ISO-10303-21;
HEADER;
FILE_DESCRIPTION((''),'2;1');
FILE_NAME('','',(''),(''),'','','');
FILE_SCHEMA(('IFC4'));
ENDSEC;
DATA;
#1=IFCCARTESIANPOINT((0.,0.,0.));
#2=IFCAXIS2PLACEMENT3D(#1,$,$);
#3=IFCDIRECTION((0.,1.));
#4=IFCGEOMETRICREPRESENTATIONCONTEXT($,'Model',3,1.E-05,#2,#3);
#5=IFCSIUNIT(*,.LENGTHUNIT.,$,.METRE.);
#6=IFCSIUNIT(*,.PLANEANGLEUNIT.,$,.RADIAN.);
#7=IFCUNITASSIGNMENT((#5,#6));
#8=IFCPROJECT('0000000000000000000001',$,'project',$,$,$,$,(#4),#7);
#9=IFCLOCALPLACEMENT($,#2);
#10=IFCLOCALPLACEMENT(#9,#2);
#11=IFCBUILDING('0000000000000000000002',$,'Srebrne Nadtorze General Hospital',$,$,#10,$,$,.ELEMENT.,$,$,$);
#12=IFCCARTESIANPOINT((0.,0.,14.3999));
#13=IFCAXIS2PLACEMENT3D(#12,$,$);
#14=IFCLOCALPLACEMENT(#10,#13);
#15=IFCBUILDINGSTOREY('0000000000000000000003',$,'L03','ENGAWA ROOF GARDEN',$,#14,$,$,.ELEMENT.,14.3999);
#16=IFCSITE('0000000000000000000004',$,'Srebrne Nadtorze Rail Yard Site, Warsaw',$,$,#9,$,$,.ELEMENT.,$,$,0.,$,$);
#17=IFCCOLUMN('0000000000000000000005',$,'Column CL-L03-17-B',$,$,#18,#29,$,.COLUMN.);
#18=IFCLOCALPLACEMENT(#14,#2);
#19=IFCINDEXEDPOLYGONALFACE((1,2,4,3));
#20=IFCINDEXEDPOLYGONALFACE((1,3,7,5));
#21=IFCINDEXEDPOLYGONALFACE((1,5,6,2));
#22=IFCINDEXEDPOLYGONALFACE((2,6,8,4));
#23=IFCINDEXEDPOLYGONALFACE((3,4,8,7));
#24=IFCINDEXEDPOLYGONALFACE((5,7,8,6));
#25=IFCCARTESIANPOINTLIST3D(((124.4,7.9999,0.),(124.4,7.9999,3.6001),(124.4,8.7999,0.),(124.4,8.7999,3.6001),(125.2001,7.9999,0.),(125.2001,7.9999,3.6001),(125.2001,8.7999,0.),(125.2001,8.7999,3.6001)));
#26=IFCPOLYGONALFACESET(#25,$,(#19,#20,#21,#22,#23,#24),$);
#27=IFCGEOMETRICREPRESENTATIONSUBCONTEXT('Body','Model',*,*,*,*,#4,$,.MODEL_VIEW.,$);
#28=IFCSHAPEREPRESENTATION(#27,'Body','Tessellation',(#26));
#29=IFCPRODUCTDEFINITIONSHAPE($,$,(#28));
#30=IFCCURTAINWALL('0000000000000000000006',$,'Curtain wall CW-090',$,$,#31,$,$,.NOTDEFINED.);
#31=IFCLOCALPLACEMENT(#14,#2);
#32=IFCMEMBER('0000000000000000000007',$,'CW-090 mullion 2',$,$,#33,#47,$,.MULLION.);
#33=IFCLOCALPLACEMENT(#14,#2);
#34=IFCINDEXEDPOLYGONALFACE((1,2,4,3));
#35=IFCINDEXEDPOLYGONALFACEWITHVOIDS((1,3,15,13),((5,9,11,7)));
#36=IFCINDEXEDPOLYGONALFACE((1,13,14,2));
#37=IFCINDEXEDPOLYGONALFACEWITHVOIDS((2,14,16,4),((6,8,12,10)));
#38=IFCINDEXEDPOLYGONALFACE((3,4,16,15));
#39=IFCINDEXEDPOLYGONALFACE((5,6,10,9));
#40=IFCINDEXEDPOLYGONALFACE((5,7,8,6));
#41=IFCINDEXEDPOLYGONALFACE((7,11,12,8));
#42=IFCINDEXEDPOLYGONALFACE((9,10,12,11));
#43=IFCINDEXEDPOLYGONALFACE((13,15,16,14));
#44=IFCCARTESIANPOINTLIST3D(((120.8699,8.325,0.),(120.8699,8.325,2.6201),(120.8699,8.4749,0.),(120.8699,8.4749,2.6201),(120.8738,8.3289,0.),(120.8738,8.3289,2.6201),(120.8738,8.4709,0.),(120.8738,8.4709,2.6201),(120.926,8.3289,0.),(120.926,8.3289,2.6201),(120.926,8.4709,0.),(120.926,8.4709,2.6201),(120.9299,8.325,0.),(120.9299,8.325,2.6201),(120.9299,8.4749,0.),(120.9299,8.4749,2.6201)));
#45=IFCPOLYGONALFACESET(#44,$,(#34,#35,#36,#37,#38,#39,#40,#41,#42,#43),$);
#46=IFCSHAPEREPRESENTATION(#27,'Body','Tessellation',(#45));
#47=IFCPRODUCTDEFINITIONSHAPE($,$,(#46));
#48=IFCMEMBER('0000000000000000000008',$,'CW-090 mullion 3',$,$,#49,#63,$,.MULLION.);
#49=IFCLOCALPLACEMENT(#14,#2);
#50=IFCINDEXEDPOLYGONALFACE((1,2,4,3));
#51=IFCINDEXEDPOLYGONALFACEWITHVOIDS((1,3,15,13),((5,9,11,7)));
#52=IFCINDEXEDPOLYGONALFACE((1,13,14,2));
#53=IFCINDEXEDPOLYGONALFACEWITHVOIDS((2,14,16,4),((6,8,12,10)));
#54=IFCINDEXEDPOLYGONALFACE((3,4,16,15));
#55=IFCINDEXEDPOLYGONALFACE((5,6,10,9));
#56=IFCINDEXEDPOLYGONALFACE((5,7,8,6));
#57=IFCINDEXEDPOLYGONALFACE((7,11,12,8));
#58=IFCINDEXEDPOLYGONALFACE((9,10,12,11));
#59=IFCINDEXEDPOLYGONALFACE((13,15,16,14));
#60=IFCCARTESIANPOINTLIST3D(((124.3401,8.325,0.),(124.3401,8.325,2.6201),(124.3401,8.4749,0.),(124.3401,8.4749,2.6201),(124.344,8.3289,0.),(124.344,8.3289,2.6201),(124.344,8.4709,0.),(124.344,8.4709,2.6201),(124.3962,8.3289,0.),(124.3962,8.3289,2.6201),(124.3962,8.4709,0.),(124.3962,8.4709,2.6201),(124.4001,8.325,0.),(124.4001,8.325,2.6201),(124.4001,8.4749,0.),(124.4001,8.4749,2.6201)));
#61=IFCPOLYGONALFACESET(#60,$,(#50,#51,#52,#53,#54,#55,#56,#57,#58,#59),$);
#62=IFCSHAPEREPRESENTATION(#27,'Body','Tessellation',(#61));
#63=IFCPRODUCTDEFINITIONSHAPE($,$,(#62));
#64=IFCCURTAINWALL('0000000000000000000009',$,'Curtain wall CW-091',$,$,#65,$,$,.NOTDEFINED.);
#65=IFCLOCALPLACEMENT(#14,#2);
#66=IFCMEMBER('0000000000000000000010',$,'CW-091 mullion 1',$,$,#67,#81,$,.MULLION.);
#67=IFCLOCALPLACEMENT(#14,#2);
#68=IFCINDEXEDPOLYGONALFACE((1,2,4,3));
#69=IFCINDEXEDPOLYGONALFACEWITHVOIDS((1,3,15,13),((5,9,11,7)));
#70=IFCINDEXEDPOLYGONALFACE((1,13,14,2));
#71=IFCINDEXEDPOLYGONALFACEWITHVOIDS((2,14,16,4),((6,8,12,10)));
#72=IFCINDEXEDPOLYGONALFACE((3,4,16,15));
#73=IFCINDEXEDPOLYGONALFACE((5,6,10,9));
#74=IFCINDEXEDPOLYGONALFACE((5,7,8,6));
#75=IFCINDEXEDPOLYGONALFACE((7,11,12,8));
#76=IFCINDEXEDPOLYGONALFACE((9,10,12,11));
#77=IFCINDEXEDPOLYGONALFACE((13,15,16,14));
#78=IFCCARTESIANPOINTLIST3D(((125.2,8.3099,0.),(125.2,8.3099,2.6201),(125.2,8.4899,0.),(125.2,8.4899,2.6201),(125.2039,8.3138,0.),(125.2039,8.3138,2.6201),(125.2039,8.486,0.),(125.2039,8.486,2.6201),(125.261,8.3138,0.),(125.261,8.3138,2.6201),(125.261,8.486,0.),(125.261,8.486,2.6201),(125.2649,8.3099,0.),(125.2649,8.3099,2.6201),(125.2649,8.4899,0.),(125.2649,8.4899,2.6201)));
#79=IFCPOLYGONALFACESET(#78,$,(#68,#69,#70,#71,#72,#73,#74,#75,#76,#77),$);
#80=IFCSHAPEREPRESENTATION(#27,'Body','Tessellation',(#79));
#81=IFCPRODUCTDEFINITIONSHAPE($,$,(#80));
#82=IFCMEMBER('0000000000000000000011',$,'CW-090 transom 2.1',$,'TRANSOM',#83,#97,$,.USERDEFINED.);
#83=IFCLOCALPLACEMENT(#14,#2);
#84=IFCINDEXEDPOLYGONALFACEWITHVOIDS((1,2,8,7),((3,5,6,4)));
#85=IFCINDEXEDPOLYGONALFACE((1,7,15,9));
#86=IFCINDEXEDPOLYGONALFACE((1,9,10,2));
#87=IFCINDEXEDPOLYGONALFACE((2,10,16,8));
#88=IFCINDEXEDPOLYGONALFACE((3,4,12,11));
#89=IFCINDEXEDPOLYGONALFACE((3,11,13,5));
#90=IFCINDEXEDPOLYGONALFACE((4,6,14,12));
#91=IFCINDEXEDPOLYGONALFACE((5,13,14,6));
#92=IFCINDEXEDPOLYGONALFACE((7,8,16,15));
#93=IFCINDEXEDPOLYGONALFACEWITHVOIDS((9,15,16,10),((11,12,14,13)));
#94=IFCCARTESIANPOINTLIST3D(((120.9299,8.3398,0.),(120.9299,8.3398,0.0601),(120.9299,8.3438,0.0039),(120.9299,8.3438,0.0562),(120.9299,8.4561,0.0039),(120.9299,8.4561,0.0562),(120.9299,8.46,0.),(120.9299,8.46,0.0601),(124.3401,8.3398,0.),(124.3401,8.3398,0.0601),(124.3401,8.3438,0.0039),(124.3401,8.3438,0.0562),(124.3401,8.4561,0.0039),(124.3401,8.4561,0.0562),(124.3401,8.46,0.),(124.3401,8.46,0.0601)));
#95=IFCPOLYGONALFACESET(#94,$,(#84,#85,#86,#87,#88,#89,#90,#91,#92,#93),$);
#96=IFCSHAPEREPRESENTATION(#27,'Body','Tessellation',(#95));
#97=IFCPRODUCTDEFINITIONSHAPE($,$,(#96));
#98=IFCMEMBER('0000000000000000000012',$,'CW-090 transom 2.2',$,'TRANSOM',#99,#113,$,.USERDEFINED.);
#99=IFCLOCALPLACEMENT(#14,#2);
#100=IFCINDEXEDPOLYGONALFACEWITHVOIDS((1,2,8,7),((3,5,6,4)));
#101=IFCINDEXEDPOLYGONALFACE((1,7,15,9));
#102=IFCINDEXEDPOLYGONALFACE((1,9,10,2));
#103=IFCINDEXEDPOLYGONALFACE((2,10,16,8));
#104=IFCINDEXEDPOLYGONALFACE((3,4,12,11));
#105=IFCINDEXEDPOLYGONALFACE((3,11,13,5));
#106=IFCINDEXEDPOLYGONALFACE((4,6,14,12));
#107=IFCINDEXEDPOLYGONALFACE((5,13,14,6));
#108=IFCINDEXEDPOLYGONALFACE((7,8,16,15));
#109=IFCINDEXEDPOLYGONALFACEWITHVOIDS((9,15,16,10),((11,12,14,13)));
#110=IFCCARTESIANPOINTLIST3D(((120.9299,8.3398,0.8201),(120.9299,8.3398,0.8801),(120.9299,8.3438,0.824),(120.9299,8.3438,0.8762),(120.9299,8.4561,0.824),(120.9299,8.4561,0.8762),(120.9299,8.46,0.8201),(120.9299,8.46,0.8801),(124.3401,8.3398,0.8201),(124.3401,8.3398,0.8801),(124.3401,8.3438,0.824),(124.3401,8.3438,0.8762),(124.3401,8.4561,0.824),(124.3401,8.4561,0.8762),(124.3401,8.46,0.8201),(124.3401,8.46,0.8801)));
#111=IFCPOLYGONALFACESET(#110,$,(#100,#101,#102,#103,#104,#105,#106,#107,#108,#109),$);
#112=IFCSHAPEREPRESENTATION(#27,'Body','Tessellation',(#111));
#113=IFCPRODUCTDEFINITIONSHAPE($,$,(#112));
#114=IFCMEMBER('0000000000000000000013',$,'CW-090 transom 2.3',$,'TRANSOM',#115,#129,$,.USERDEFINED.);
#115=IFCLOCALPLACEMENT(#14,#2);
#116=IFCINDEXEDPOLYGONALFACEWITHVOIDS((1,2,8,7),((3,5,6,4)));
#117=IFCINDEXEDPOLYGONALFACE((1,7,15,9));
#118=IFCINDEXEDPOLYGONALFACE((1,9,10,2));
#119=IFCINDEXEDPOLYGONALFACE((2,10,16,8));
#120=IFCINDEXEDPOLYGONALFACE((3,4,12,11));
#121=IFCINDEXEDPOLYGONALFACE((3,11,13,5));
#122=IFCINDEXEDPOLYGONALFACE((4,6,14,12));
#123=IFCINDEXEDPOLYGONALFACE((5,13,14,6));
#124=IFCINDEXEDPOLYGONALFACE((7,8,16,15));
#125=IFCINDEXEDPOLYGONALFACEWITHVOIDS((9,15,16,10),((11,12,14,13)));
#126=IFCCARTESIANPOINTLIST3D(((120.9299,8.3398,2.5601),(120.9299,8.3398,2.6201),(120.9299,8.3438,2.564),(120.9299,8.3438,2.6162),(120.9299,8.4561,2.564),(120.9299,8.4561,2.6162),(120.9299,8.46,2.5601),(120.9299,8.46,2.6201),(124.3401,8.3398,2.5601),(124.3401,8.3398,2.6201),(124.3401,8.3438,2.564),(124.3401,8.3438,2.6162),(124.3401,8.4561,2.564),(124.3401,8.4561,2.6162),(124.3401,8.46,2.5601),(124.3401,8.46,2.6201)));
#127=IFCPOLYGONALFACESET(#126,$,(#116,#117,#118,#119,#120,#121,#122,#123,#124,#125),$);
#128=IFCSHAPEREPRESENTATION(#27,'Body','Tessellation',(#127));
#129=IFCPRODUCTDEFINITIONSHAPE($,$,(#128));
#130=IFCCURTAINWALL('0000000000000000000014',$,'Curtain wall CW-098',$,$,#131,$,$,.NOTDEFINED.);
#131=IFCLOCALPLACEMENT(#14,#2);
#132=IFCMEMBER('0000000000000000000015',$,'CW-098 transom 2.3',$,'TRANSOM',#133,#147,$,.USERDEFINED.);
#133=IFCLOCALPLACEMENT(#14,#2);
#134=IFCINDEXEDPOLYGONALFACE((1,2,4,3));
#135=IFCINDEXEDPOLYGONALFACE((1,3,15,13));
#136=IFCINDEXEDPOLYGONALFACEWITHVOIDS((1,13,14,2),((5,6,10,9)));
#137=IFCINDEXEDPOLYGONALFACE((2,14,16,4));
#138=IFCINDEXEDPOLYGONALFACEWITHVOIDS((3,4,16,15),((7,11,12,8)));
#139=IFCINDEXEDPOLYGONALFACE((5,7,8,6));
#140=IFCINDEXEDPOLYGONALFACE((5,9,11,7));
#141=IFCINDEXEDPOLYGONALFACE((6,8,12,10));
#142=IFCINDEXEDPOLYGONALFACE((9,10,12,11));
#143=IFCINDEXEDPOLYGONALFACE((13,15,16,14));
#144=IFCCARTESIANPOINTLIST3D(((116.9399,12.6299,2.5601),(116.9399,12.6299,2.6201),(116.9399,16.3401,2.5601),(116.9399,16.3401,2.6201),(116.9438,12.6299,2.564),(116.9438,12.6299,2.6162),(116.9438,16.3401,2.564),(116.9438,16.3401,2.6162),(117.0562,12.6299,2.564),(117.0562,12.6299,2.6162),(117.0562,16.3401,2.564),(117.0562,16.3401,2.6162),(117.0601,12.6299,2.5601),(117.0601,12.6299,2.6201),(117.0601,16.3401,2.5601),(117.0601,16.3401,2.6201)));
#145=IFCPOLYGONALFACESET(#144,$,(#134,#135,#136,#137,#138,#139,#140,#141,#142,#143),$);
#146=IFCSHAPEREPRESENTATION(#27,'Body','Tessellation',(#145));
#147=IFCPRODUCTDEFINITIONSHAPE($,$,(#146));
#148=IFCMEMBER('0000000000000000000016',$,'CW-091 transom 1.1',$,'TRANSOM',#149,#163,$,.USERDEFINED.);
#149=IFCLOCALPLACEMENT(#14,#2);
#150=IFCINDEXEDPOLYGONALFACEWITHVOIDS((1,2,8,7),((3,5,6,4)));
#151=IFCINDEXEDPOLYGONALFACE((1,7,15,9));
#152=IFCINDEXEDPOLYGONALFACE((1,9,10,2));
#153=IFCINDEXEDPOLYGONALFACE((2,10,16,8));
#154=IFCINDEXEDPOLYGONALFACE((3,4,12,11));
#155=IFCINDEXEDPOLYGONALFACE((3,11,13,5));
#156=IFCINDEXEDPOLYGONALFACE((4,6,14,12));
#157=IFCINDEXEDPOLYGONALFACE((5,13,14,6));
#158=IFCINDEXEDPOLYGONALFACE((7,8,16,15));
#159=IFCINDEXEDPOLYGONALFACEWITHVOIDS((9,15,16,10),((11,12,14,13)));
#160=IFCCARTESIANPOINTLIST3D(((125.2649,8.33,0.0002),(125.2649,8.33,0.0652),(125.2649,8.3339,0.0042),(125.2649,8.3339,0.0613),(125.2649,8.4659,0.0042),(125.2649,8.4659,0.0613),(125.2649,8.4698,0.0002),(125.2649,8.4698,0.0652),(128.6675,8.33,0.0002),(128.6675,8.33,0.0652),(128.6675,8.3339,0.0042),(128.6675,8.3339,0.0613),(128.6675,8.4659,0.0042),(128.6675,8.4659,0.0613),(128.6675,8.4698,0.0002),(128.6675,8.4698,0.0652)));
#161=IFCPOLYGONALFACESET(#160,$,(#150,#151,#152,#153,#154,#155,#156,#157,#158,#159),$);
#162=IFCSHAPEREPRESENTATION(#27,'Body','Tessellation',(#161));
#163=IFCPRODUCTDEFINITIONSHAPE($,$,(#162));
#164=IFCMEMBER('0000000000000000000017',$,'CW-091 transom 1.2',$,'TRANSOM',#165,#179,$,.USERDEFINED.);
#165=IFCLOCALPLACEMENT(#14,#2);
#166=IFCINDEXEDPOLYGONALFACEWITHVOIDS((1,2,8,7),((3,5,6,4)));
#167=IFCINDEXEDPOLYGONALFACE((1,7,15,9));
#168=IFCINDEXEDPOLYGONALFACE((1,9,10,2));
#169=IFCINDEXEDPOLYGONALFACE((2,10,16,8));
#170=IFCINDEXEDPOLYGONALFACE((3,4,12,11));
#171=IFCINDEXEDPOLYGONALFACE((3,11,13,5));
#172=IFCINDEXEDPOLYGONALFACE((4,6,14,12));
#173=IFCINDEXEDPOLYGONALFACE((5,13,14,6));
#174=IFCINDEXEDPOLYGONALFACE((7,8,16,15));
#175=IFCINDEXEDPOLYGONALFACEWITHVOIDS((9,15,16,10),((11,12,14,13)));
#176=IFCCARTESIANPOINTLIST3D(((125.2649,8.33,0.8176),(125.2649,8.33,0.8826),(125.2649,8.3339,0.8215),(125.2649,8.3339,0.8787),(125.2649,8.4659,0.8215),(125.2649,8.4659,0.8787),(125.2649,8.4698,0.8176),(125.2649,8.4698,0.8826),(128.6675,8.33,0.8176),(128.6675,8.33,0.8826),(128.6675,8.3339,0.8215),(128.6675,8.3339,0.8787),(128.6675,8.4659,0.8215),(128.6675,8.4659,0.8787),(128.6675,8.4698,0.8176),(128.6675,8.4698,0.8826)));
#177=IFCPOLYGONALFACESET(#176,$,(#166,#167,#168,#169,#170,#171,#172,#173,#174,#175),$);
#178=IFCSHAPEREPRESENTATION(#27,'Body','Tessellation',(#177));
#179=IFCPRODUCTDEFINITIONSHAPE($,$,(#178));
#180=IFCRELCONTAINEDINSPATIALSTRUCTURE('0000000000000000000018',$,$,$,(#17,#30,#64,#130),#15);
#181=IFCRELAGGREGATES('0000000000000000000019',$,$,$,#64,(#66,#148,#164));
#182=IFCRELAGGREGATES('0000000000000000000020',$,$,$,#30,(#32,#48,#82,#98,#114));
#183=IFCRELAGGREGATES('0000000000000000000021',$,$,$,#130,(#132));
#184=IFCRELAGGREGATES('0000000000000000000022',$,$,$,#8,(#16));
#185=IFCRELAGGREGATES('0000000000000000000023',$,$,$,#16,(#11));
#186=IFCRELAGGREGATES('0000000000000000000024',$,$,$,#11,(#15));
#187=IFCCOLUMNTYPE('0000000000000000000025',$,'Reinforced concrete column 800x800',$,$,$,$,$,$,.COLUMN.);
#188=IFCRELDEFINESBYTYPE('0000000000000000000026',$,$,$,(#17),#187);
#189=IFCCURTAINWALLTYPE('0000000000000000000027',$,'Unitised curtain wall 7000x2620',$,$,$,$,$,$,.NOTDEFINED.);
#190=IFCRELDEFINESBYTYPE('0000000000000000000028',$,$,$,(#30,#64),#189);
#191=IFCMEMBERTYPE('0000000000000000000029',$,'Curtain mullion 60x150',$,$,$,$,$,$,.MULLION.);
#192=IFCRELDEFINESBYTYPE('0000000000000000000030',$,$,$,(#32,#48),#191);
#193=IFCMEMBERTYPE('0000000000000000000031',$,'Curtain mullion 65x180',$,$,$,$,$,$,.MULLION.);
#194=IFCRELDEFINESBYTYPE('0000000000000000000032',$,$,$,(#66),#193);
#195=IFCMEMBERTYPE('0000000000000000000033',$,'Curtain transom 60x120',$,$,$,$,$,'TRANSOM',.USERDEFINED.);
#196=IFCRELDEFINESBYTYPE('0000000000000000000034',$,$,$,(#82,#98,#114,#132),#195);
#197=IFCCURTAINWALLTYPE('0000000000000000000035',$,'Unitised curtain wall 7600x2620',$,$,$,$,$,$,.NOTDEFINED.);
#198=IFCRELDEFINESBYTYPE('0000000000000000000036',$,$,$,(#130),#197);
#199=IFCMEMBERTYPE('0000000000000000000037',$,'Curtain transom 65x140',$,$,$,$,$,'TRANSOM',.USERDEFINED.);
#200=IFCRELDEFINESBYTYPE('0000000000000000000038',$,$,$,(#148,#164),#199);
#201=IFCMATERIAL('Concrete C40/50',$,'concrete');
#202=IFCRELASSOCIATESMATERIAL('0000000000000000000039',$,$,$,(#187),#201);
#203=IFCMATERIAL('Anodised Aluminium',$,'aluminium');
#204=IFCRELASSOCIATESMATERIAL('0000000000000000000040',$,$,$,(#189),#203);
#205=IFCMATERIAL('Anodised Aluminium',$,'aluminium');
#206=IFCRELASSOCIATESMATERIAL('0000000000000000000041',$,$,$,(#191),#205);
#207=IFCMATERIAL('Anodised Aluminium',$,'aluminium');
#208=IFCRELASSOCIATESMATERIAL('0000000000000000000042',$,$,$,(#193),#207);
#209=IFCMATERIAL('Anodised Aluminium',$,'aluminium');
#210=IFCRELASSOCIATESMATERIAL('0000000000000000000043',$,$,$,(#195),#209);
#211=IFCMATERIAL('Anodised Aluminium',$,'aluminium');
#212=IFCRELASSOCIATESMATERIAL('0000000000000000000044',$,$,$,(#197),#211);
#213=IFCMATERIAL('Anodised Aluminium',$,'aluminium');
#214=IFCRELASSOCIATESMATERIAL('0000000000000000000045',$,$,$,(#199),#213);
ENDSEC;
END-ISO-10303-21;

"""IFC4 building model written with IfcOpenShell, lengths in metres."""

from ifc_helpers import new_model, si_unit, direction, frame, origin, origin_2d, place, context, subcontext, project, spatial, rectangle, hollow_rectangle, extrude, material, material_profile, profile_set, type_object, element, aggregate, save


model = new_model("IFC4")

# Units and contexts
model_context = context("Model", 3, precision=1e-05, world=origin(), true_north=direction((0.0, 1.0)))
body_context = subcontext(model_context, "Body", "Model", "MODEL_VIEW")
ifc_project = project(units=[si_unit("LENGTHUNIT", "METRE"), si_unit("PLANEANGLEUNIT", "RADIAN")], contexts=[model_context])

# Site, building, storey
site_placement = place(None, origin())
site = spatial("IfcSite", under=ifc_project, at=site_placement, Name="Srebrne Nadtorze Rail Yard Site, Warsaw", CompositionType="ELEMENT", RefElevation=0.0)
building_placement = place(site_placement, origin())
building = spatial("IfcBuilding", under=site, at=building_placement, Name="Srebrne Nadtorze General Hospital", CompositionType="ELEMENT")
storey_placement = place(building_placement, frame((0.0, 0.0, 14.3999)))
storey = spatial("IfcBuildingStorey", under=building, at=storey_placement, Name="L03", Description="ENGAWA ROOF GARDEN", CompositionType="ELEMENT", Elevation=14.3999)

# Column
ifc_material_1 = material(Name="Concrete C40/50", Category="concrete")
ifc_material_profile_1 = material_profile(ifc_material_1, rectangle(XDim=0.8, YDim=0.8, at=origin_2d()), Name="RC-COL-800x800")
ifc_profile_set_1 = profile_set([ifc_material_profile_1], Name="Concrete C40/50")
column_type = type_object("IfcColumnType", Name="Reinforced concrete column 800x800", PredefinedType="COLUMN", material=ifc_profile_set_1)
column_placement = place(storey_placement, frame((124.8, 8.3999, 0.0), z_axis=(0.0, 0.0, 1.0), x_axis=(1.0, 0.0, 0.0)))
element("IfcColumn", 1, at=column_placement, inside=storey, type_object=column_type, Name="Column CL-L03-17-B", PredefinedType="COLUMN", context=body_context, shape_type="SweptSolid", body=[
    extrude(rectangle(XDim=0.8, YDim=0.8, at=origin_2d()), origin(), (0.0, 0.0, 1.0), 3.6001),
])

# Curtain wall, members
ifc_material_2 = material(Name="Anodised Aluminium", Category="aluminium")
curtain_wall_type_1 = type_object("IfcCurtainWallType", Name="Unitised curtain wall 7000x2620", PredefinedType="NOTDEFINED", material=ifc_material_2)
curtain_wall_1_placement = place(storey_placement, origin())
curtain_wall_1 = element("IfcCurtainWall", 2, at=curtain_wall_1_placement, inside=storey, type_object=curtain_wall_type_1, Name="Curtain wall CW-090", PredefinedType="NOTDEFINED")
ifc_material_3 = material(Name="Anodised Aluminium", Category="aluminium")
ifc_material_profile_2 = material_profile(ifc_material_3, hollow_rectangle(XDim=0.0601, YDim=0.1499, WallThickness=0.0039, at=origin_2d()), Name="AL-MUL-60x150")
ifc_profile_set_2 = profile_set([ifc_material_profile_2], Name="Anodised Aluminium")
member_type_1 = type_object("IfcMemberType", Name="Curtain mullion 60x150", PredefinedType="MULLION", material=ifc_profile_set_2)
member_1_placement = place(storey_placement, frame((120.8999, 8.3999, 0.0), z_axis=(0.0, 0.0, 1.0), x_axis=(1.0, 0.0, 0.0)))
member_1 = element("IfcMember", 3, at=member_1_placement, type_object=member_type_1, Name="CW-090 mullion 2", PredefinedType="MULLION", context=body_context, shape_type="SweptSolid", body=[
    extrude(hollow_rectangle(XDim=0.0601, YDim=0.1499, WallThickness=0.0039, at=origin_2d()), origin(), (0.0, 0.0, 1.0), 2.6201),
])
member_2_placement = place(storey_placement, frame((124.3701, 8.3999, 0.0), z_axis=(0.0, 0.0, 1.0), x_axis=(1.0, 0.0, 0.0)))
member_2 = element("IfcMember", 4, at=member_2_placement, type_object=member_type_1, Name="CW-090 mullion 3", PredefinedType="MULLION", context=body_context, shape_type="SweptSolid", body=[
    extrude(hollow_rectangle(XDim=0.0601, YDim=0.1499, WallThickness=0.0039, at=origin_2d()), origin(), (0.0, 0.0, 1.0), 2.6201),
])

# Curtain wall, member
curtain_wall_2_placement = place(storey_placement, origin())
curtain_wall_2 = element("IfcCurtainWall", 5, at=curtain_wall_2_placement, inside=storey, type_object=curtain_wall_type_1, Name="Curtain wall CW-091", PredefinedType="NOTDEFINED")
ifc_material_4 = material(Name="Anodised Aluminium", Category="aluminium")
ifc_material_profile_3 = material_profile(ifc_material_4, hollow_rectangle(XDim=0.0649, YDim=0.1799, WallThickness=0.0039, at=origin_2d()), Name="AL-MUL-65x180")
ifc_profile_set_3 = profile_set([ifc_material_profile_3], Name="Anodised Aluminium")
member_type_2 = type_object("IfcMemberType", Name="Curtain mullion 65x180", PredefinedType="MULLION", material=ifc_profile_set_3)
member_3_placement = place(storey_placement, frame((125.2324, 8.3999, 0.0), z_axis=(0.0, 0.0, 1.0), x_axis=(1.0, 0.0, 0.0)))
member_3 = element("IfcMember", 6, at=member_3_placement, type_object=member_type_2, Name="CW-091 mullion 1", PredefinedType="MULLION", context=body_context, shape_type="SweptSolid", body=[
    extrude(hollow_rectangle(XDim=0.0649, YDim=0.1799, WallThickness=0.0039, at=origin_2d()), origin(), (0.0, 0.0, 1.0), 2.6201),
])

# Members
ifc_material_5 = material(Name="Anodised Aluminium", Category="aluminium")
ifc_material_profile_4 = material_profile(ifc_material_5, hollow_rectangle(XDim=0.0601, YDim=0.1201, WallThickness=0.0039, at=origin_2d()), Name="AL-TRN-60x120")
ifc_profile_set_4 = profile_set([ifc_material_profile_4], Name="Anodised Aluminium")
member_type_3 = type_object("IfcMemberType", Name="Curtain transom 60x120", ElementType="TRANSOM", PredefinedType="USERDEFINED", material=ifc_profile_set_4)
member_4_placement = place(storey_placement, frame((120.9299, 8.3999, 0.03), z_axis=(1.0, 0.0, 0.0), x_axis=(0.0, 0.0, 1.0)))
member_4 = element("IfcMember", 7, at=member_4_placement, type_object=member_type_3, Name="CW-090 transom 2.1", ObjectType="TRANSOM", PredefinedType="USERDEFINED", context=body_context, shape_type="SweptSolid", body=[
    extrude(hollow_rectangle(XDim=0.0601, YDim=0.1201, WallThickness=0.0039, at=origin_2d()), origin(), (0.0, 0.0, 1.0), 3.4102),
])
member_5_placement = place(storey_placement, frame((120.9299, 8.3999, 0.8501), z_axis=(1.0, 0.0, 0.0), x_axis=(0.0, 0.0, 1.0)))
member_5 = element("IfcMember", 8, at=member_5_placement, type_object=member_type_3, Name="CW-090 transom 2.2", ObjectType="TRANSOM", PredefinedType="USERDEFINED", context=body_context, shape_type="SweptSolid", body=[
    extrude(hollow_rectangle(XDim=0.0601, YDim=0.1201, WallThickness=0.0039, at=origin_2d()), origin(), (0.0, 0.0, 1.0), 3.4102),
])
member_6_placement = place(storey_placement, frame((120.9299, 8.3999, 2.5901), z_axis=(1.0, 0.0, 0.0), x_axis=(0.0, 0.0, 1.0)))
member_6 = element("IfcMember", 9, at=member_6_placement, type_object=member_type_3, Name="CW-090 transom 2.3", ObjectType="TRANSOM", PredefinedType="USERDEFINED", context=body_context, shape_type="SweptSolid", body=[
    extrude(hollow_rectangle(XDim=0.0601, YDim=0.1201, WallThickness=0.0039, at=origin_2d()), origin(), (0.0, 0.0, 1.0), 3.4102),
])

# Curtain wall, member
ifc_material_6 = material(Name="Anodised Aluminium", Category="aluminium")
curtain_wall_type_2 = type_object("IfcCurtainWallType", Name="Unitised curtain wall 7600x2620", PredefinedType="NOTDEFINED", material=ifc_material_6)
curtain_wall_3_placement = place(storey_placement, origin())
curtain_wall_3 = element("IfcCurtainWall", 10, at=curtain_wall_3_placement, inside=storey, type_object=curtain_wall_type_2, Name="Curtain wall CW-098", PredefinedType="NOTDEFINED")
member_7_placement = place(storey_placement, frame((117.0, 12.6299, 2.5901), z_axis=(0.0, 1.0, 0.0), x_axis=(0.0, 0.0, 1.0)))
member_7 = element("IfcMember", 11, at=member_7_placement, type_object=member_type_3, Name="CW-098 transom 2.3", ObjectType="TRANSOM", PredefinedType="USERDEFINED", context=body_context, shape_type="SweptSolid", body=[
    extrude(hollow_rectangle(XDim=0.0601, YDim=0.1201, WallThickness=0.0039, at=origin_2d()), origin(), (0.0, 0.0, 1.0), 3.7102),
])

# Members
ifc_material_7 = material(Name="Anodised Aluminium", Category="aluminium")
ifc_material_profile_5 = material_profile(ifc_material_7, hollow_rectangle(XDim=0.0649, YDim=0.1399, WallThickness=0.0039, at=origin_2d()), Name="AL-TRN-65x140")
ifc_profile_set_5 = profile_set([ifc_material_profile_5], Name="Anodised Aluminium")
member_type_4 = type_object("IfcMemberType", Name="Curtain transom 65x140", ElementType="TRANSOM", PredefinedType="USERDEFINED", material=ifc_profile_set_5)
member_8_placement = place(storey_placement, frame((125.2649, 8.3999, 0.0327), z_axis=(1.0, 0.0, 0.0), x_axis=(0.0, 0.0, 1.0)))
member_8 = element("IfcMember", 12, at=member_8_placement, type_object=member_type_4, Name="CW-091 transom 1.1", ObjectType="TRANSOM", PredefinedType="USERDEFINED", context=body_context, shape_type="SweptSolid", body=[
    extrude(hollow_rectangle(XDim=0.0649, YDim=0.1399, WallThickness=0.0039, at=origin_2d()), origin(), (0.0, 0.0, 1.0), 3.4026),
])
member_9_placement = place(storey_placement, frame((125.2649, 8.3999, 0.8501), z_axis=(1.0, 0.0, 0.0), x_axis=(0.0, 0.0, 1.0)))
member_9 = element("IfcMember", 13, at=member_9_placement, type_object=member_type_4, Name="CW-091 transom 1.2", ObjectType="TRANSOM", PredefinedType="USERDEFINED", context=body_context, shape_type="SweptSolid", body=[
    extrude(hollow_rectangle(XDim=0.0649, YDim=0.1399, WallThickness=0.0039, at=origin_2d()), origin(), (0.0, 0.0, 1.0), 3.4026),
])
aggregate(curtain_wall_2, [member_3, member_8, member_9])

aggregate(curtain_wall_1, [member_1, member_2, member_4, member_5, member_6])
aggregate(curtain_wall_3, [member_7])

save(model, "model.ifc")
